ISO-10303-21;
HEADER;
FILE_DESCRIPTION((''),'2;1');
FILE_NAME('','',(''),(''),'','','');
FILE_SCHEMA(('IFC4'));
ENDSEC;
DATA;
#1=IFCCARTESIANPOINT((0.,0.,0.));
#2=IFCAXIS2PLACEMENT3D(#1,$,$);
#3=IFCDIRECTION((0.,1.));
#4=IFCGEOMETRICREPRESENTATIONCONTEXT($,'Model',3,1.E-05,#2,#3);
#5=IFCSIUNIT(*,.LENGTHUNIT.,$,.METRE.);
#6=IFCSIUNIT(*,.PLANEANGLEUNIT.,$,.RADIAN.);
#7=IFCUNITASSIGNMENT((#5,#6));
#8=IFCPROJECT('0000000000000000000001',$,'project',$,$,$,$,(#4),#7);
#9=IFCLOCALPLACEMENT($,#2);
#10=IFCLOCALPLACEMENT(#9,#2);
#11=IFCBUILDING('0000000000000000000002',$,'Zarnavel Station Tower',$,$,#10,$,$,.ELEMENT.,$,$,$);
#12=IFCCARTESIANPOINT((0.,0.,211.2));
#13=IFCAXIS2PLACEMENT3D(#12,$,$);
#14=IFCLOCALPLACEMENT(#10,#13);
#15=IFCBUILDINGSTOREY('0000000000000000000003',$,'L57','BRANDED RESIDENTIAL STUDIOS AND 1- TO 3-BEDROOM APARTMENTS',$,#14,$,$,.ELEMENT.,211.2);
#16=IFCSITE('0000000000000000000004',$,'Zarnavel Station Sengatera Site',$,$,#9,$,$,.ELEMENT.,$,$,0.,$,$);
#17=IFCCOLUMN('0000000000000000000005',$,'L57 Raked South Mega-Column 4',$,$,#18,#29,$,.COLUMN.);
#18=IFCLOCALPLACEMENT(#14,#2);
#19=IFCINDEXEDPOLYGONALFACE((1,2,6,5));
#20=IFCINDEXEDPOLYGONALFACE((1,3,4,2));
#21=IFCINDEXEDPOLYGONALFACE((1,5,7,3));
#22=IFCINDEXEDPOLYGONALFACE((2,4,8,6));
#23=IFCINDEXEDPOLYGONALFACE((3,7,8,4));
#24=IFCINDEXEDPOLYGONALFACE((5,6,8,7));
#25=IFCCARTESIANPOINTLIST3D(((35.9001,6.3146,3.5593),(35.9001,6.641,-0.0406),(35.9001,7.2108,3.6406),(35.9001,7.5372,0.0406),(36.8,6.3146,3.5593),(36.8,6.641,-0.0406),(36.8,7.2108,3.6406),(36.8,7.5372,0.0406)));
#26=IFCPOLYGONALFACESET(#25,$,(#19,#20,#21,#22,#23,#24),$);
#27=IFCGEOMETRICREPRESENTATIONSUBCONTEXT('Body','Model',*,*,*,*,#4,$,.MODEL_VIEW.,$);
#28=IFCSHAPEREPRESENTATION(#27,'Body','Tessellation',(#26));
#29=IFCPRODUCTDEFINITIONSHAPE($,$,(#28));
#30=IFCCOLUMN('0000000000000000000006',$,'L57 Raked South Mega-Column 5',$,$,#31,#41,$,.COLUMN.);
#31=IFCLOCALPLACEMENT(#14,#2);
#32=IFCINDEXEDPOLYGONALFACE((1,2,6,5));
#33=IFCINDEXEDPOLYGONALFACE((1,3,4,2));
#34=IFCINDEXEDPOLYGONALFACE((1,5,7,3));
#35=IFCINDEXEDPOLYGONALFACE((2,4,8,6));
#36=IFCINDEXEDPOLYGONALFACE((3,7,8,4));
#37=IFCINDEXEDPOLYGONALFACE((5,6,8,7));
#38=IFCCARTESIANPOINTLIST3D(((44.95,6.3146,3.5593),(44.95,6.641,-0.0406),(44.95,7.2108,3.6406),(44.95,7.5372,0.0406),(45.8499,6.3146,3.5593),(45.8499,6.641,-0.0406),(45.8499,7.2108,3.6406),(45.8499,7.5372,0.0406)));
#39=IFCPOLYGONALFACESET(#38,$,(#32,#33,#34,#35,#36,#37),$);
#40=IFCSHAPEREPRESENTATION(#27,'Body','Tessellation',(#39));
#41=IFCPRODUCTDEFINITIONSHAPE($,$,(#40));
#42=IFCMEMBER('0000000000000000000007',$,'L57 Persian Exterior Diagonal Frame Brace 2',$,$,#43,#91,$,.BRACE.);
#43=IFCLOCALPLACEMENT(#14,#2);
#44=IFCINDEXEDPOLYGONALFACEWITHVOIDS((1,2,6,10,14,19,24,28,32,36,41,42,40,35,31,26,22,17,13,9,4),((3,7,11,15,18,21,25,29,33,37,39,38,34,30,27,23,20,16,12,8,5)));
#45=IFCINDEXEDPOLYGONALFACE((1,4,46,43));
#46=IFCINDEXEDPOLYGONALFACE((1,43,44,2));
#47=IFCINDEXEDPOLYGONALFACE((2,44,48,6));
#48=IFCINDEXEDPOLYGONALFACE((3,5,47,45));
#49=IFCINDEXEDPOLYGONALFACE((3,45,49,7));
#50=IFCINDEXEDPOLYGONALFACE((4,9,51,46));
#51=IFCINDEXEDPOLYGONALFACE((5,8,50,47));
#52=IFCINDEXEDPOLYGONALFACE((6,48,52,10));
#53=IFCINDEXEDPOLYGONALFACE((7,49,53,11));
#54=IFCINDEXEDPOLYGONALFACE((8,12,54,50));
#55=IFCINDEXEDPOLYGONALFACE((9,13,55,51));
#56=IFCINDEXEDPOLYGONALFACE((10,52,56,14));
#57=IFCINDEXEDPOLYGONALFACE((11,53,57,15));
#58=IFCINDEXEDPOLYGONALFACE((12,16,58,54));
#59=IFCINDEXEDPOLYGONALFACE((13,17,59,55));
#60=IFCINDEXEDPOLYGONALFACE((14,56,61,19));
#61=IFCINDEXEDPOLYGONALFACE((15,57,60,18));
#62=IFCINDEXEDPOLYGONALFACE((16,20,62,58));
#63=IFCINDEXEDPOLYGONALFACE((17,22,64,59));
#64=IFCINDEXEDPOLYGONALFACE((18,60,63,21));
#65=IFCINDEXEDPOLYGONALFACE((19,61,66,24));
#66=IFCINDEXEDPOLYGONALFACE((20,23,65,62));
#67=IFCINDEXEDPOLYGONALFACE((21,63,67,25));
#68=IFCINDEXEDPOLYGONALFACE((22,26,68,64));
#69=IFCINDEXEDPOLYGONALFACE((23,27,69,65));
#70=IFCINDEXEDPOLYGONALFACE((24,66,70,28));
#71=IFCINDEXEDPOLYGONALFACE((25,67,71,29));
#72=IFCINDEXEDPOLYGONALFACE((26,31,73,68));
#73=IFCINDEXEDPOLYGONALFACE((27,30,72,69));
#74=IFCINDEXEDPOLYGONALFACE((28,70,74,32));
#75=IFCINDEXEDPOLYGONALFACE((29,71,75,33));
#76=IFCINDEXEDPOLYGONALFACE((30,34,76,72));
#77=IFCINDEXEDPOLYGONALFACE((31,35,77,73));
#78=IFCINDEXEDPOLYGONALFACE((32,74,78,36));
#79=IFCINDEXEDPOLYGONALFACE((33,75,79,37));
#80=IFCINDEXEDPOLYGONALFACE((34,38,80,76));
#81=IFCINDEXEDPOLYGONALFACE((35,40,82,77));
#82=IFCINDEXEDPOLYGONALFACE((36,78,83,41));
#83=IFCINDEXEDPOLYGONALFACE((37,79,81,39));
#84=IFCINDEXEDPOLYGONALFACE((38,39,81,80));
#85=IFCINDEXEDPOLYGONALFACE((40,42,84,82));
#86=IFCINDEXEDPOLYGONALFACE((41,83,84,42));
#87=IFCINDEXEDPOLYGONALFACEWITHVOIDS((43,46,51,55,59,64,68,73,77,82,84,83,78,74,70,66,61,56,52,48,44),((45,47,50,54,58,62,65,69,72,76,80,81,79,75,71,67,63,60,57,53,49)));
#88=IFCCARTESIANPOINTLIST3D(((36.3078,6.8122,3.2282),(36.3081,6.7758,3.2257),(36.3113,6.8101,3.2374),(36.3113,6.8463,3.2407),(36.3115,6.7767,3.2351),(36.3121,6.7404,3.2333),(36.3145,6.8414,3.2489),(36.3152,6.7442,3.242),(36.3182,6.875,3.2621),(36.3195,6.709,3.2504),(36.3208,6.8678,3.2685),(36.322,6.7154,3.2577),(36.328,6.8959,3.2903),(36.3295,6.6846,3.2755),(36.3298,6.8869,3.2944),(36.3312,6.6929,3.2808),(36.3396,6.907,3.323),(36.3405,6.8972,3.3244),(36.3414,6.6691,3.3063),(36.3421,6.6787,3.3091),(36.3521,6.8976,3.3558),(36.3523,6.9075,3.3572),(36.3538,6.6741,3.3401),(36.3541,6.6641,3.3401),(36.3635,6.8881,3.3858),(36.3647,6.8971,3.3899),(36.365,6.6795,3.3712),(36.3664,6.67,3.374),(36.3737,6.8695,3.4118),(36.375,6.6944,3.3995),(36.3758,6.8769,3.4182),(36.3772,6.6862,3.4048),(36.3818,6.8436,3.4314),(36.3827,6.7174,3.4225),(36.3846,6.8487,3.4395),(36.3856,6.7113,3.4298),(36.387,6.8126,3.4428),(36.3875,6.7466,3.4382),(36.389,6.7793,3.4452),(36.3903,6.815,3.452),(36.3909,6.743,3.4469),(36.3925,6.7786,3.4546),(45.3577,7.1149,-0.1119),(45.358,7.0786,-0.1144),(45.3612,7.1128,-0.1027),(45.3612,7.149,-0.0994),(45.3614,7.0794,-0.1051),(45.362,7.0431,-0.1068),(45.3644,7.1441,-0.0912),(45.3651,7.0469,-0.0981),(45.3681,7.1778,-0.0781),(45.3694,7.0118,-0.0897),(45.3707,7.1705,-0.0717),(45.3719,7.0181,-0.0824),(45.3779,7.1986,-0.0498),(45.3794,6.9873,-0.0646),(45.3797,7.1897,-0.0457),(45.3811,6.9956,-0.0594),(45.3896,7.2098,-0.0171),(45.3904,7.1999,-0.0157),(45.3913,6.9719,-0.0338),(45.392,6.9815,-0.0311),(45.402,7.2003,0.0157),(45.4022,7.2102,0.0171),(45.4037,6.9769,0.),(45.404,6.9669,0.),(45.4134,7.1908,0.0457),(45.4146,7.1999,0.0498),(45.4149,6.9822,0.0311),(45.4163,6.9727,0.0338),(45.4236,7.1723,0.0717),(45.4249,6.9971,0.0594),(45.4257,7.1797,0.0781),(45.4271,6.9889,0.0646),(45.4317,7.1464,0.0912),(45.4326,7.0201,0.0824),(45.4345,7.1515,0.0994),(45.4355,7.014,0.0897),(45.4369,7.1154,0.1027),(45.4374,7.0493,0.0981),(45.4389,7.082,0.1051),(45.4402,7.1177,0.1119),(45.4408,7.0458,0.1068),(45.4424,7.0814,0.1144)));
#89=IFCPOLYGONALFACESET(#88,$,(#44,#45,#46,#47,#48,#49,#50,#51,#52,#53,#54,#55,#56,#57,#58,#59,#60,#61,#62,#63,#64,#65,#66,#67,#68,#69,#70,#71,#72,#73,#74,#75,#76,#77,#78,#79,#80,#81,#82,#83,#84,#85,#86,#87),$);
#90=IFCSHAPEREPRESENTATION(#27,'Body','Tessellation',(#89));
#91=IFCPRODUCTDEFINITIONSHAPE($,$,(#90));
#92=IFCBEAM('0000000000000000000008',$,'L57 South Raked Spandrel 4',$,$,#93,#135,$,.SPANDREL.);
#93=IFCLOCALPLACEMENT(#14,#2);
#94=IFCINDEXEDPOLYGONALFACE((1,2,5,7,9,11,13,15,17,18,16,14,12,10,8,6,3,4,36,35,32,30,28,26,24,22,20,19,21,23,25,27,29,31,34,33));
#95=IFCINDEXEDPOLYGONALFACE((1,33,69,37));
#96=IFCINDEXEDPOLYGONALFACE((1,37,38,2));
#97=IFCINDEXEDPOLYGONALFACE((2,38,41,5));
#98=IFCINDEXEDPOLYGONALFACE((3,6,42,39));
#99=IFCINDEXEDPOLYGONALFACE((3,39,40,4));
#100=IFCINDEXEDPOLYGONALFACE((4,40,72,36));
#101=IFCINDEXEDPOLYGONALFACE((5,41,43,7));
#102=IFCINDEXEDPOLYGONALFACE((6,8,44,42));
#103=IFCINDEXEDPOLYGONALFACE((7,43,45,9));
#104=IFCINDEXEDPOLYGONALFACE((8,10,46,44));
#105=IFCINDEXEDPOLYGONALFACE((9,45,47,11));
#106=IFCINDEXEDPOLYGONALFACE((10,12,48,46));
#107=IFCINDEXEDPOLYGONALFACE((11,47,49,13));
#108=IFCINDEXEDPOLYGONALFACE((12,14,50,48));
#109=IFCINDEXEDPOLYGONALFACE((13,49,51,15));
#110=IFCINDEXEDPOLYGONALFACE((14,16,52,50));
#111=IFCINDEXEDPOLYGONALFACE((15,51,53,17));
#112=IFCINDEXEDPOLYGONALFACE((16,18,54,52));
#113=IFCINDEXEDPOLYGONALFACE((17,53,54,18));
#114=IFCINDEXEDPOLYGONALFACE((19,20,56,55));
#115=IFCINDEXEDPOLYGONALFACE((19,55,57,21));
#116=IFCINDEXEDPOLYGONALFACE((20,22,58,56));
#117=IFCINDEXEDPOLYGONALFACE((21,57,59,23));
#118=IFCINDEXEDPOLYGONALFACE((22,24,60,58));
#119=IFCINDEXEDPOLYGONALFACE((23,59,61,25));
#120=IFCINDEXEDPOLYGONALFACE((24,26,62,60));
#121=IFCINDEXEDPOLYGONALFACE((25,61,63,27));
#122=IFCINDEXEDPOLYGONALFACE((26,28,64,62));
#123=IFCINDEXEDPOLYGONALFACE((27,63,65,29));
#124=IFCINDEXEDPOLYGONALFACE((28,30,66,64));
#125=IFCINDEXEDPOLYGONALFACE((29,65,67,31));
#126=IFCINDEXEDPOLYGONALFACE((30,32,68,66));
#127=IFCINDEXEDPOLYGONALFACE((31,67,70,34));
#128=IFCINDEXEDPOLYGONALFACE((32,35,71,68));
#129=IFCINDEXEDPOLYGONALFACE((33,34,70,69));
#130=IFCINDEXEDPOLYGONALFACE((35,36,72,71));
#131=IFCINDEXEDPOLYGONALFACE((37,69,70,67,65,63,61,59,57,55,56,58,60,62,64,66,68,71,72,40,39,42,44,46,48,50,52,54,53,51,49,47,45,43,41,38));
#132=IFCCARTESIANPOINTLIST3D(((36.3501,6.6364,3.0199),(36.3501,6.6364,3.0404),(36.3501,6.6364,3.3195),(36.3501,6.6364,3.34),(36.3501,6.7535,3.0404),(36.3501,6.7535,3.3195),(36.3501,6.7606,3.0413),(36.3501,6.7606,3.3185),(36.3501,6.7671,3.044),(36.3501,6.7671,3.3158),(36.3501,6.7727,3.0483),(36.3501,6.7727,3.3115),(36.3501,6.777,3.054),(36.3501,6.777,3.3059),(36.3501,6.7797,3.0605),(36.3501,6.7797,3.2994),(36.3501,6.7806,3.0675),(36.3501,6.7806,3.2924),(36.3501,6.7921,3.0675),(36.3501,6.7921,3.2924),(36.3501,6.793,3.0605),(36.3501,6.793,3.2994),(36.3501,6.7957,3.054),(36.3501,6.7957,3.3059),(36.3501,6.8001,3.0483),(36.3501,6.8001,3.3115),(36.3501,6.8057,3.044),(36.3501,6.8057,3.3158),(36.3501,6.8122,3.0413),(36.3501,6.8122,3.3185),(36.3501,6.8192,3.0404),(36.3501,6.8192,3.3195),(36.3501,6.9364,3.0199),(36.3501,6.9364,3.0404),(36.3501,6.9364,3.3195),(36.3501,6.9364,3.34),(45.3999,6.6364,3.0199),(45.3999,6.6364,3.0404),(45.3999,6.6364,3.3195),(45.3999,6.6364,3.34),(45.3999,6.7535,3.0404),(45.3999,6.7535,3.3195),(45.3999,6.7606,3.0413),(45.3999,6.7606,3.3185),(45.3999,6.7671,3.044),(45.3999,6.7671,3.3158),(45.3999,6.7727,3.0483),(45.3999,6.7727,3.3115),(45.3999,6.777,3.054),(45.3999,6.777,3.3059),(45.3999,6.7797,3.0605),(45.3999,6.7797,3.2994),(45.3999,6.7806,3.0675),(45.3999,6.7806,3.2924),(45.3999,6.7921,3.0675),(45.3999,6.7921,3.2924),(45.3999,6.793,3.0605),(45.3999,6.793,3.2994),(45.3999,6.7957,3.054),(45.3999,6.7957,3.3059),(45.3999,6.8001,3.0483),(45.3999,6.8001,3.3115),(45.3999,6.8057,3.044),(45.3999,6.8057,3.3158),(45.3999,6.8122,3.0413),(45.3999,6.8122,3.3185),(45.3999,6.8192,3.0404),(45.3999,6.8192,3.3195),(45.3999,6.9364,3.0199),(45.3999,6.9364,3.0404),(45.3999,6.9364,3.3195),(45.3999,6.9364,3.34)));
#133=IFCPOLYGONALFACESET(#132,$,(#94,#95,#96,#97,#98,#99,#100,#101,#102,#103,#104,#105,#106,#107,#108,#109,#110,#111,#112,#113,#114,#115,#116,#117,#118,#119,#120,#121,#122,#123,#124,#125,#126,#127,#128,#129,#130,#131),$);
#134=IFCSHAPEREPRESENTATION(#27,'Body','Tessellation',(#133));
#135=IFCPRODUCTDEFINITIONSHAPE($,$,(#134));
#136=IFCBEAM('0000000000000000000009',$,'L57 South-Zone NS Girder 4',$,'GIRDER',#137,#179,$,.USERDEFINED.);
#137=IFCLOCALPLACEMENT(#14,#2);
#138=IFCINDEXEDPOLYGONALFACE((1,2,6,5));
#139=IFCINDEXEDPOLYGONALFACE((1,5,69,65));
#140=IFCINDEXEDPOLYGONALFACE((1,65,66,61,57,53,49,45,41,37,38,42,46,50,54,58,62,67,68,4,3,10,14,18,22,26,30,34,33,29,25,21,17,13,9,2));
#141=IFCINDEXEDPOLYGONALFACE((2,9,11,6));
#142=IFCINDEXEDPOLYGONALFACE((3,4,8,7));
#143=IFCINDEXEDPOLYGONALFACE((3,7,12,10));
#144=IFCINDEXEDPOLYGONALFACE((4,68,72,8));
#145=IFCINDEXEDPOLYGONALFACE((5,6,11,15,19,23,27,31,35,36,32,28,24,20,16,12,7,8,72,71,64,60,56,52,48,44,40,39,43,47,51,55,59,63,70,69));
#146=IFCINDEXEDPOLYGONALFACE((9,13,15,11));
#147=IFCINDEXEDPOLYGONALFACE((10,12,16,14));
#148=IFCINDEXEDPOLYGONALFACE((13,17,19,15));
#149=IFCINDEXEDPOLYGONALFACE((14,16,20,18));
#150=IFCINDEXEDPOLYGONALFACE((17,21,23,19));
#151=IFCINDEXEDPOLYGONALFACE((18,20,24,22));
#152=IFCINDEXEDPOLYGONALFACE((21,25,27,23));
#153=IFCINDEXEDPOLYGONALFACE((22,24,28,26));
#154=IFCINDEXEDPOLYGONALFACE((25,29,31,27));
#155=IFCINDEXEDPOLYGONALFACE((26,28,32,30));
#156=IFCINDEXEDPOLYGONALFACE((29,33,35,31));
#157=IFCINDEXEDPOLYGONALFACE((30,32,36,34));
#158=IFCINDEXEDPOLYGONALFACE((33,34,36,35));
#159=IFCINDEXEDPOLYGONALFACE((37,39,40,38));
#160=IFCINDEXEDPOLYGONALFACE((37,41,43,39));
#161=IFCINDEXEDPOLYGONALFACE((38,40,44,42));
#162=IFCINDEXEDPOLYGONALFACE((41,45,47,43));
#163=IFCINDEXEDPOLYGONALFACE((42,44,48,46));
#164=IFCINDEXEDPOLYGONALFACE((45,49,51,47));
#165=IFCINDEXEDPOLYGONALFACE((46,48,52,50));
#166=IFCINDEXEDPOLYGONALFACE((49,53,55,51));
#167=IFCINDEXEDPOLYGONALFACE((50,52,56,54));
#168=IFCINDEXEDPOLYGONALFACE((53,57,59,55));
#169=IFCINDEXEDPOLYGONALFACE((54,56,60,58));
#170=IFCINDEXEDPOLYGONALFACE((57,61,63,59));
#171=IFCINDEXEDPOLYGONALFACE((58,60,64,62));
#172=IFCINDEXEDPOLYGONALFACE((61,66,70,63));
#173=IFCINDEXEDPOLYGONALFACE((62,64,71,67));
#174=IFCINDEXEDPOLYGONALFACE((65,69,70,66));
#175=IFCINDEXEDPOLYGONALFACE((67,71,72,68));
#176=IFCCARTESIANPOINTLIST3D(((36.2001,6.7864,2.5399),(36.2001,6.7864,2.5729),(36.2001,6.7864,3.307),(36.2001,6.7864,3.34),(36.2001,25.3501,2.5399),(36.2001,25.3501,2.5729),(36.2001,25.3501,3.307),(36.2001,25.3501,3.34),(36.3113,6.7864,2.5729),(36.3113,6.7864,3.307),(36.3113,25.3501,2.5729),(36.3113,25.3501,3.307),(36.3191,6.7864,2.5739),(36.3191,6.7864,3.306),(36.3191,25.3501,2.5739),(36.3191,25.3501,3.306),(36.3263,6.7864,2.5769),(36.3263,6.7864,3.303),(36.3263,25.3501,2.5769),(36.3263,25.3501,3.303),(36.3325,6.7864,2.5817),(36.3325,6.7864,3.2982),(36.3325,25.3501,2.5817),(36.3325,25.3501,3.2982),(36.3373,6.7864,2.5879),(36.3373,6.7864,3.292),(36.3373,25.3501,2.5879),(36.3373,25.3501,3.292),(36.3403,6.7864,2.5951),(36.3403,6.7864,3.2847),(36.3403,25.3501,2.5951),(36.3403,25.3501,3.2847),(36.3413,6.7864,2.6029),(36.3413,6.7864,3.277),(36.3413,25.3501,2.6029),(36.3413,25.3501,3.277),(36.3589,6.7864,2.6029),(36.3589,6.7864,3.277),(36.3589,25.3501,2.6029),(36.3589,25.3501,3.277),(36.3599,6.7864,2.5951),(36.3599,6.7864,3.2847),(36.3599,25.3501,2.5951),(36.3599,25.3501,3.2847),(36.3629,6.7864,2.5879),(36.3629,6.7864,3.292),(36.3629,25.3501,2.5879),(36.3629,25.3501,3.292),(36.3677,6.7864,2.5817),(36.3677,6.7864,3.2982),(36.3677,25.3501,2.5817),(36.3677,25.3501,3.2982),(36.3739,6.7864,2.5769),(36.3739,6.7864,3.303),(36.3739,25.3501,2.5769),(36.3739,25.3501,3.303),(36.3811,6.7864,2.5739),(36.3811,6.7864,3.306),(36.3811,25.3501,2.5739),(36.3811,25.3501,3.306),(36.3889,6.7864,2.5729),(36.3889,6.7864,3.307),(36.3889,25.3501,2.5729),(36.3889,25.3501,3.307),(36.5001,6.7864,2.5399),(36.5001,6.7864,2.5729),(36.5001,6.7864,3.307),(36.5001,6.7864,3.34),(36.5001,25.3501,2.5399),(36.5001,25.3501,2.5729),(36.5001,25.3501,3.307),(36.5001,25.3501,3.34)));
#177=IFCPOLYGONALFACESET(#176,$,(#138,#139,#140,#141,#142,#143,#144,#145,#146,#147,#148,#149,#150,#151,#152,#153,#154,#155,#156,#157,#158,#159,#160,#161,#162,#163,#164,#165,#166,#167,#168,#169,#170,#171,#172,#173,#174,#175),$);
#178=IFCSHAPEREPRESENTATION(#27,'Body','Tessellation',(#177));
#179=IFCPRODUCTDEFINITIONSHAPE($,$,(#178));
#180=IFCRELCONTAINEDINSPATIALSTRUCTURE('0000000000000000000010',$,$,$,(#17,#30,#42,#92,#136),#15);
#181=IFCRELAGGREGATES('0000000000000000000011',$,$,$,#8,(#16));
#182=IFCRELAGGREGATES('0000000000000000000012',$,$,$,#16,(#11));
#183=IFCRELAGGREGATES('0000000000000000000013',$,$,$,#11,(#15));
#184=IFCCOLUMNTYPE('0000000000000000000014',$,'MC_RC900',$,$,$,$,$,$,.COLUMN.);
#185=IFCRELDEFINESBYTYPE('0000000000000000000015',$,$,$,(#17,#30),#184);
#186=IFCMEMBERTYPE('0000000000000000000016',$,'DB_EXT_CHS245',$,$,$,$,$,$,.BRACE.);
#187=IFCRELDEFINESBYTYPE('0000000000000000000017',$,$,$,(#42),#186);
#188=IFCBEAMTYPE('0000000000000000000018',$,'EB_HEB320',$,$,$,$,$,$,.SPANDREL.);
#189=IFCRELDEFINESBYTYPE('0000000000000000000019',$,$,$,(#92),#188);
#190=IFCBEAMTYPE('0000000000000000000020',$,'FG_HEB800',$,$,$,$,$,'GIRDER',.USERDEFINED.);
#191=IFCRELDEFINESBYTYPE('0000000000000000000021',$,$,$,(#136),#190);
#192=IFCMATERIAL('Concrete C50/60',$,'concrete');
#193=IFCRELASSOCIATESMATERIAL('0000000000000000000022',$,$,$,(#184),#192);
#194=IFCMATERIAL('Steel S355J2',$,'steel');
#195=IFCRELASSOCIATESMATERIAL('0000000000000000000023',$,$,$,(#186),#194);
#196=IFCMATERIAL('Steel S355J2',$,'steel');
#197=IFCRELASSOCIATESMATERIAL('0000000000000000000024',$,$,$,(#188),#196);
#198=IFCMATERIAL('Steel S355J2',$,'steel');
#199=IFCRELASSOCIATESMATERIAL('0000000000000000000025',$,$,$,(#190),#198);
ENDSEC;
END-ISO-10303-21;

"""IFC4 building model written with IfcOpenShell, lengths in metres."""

from ifc_helpers import new_model, si_unit, direction, frame, origin, origin_2d, place, context, subcontext, project, spatial, rectangle, hollow_circle, i_section, extrude, material, material_profile, profile_set, type_object, element, save


model = new_model("IFC4")

# Units and contexts
model_context = context("Model", 3, precision=1e-05, world=origin(), true_north=direction((0.0, 1.0)))
body_context = subcontext(model_context, "Body", "Model", "MODEL_VIEW")
ifc_project = project(units=[si_unit("LENGTHUNIT", "METRE"), si_unit("PLANEANGLEUNIT", "RADIAN")], contexts=[model_context])

# Site, building, storey
site_placement = place(None, origin())
site = spatial("IfcSite", under=ifc_project, at=site_placement, Name="Zarnavel Station Sengatera Site", CompositionType="ELEMENT", RefElevation=0.0)
building_placement = place(site_placement, origin())
building = spatial("IfcBuilding", under=site, at=building_placement, Name="Zarnavel Station Tower", CompositionType="ELEMENT")
storey_placement = place(building_placement, frame((0.0, 0.0, 211.2)))
storey = spatial("IfcBuildingStorey", under=building, at=storey_placement, Name="L57", Description="BRANDED RESIDENTIAL STUDIOS AND 1- TO 3-BEDROOM APARTMENTS", CompositionType="ELEMENT", Elevation=211.2)

# Columns
ifc_material_1 = material(Name="Concrete C50/60", Category="concrete")
ifc_material_profile_1 = material_profile(ifc_material_1, rectangle(XDim=0.8999, YDim=0.8999, at=origin_2d()), Name="RC900x900")
ifc_profile_set_1 = profile_set([ifc_material_profile_1], Name="Concrete C50/60")
column_type = type_object("IfcColumnType", Name="MC_RC900", PredefinedType="COLUMN", material=ifc_profile_set_1)
for number, where, z_axis, x_axis, name in (
    (1, (36.3501, 7.0891, 0.0), (0.0, -0.090298, 0.995915), (1.0, 0.0, 0.0), "L57 Raked South Mega-Column 4"),
    (2, (45.3999, 7.0891, 0.0), (0.0, -0.090298, 0.995915), (1.0, 0.0, 0.0), "L57 Raked South Mega-Column 5"),
):
    element("IfcColumn", number, at=place(storey_placement, frame(where, z_axis=z_axis, x_axis=x_axis)), inside=storey, type_object=column_type, Name=name, PredefinedType="COLUMN", context=body_context, shape_type="SweptSolid", body=[
        extrude(rectangle(XDim=0.8999, YDim=0.8999, at=origin_2d()), origin(), (0.0, 0.0, 1.0), 3.6147),
    ])

# Member
ifc_material_2 = material(Name="Steel S355J2", Category="steel")
ifc_material_profile_2 = material_profile(ifc_material_2, hollow_circle(Radius=0.1223, WallThickness=0.01, at=origin_2d()), Name="CHS244.5x10")
ifc_profile_set_2 = profile_set([ifc_material_profile_2], Name="Steel S355J2")
member_type = type_object("IfcMemberType", Name="DB_EXT_CHS245", PredefinedType="BRACE", material=ifc_profile_set_2)
member_placement = place(storey_placement, frame((45.3999, 7.0891, 0.0), z_axis=(-0.937681, -0.031367, 0.346078), x_axis=(0.033433, -0.999441, 0.0)))
element("IfcMember", 3, at=member_placement, inside=storey, type_object=member_type, Name="L57 Persian Exterior Diagonal Frame Brace 2", PredefinedType="BRACE", context=body_context, shape_type="SweptSolid", body=[
    extrude(hollow_circle(Radius=0.1223, WallThickness=0.01, at=origin_2d()), origin(), (0.0, 0.0, 1.0), 9.6514),
])

# Beams
ifc_material_3 = material(Name="Steel S355J2", Category="steel")
ifc_material_profile_3 = material_profile(ifc_material_3, i_section(OverallWidth=0.3, OverallDepth=0.3201, WebThickness=0.0115, FlangeThickness=0.0205, FilletRadius=0.0271, at=origin_2d()), Name="HEB320")
ifc_profile_set_3 = profile_set([ifc_material_profile_3], Name="Steel S355J2")
beam_type_1 = type_object("IfcBeamType", Name="EB_HEB320", PredefinedType="SPANDREL", material=ifc_profile_set_3)
beam_placement = place(storey_placement, frame((36.3501, 6.7864, 3.1799), z_axis=(1.0, 0.0, 0.0), x_axis=(0.0, 1.0, 0.0)))
element("IfcBeam", 4, at=beam_placement, inside=storey, type_object=beam_type_1, Name="L57 South Raked Spandrel 4", PredefinedType="SPANDREL", context=body_context, shape_type="SweptSolid", body=[
    extrude(i_section(OverallWidth=0.3, OverallDepth=0.3201, WebThickness=0.0115, FlangeThickness=0.0205, FilletRadius=0.0271, at=origin_2d()), origin(), (0.0, 0.0, 1.0), 9.0498),
])
ifc_material_4 = material(Name="Steel S355J2", Category="steel")
ifc_material_profile_4 = material_profile(ifc_material_4, i_section(OverallWidth=0.3, OverallDepth=0.8, WebThickness=0.0176, FlangeThickness=0.033, FilletRadius=0.03, at=origin_2d()), Name="HEB800")
ifc_profile_set_4 = profile_set([ifc_material_profile_4], Name="Steel S355J2")
beam_type_2 = type_object("IfcBeamType", Name="FG_HEB800", ElementType="GIRDER", PredefinedType="USERDEFINED", material=ifc_profile_set_4)
for number, where, z_axis, x_axis, name in (
    (5, (36.3501, 6.7864, 2.9399), (0.0, 1.0, 0.0), (-1.0, 0.0, 0.0), "L57 South-Zone NS Girder 4"),
):
    element("IfcBeam", number, at=place(storey_placement, frame(where, z_axis=z_axis, x_axis=x_axis)), inside=storey, type_object=beam_type_2, Name=name, ObjectType="GIRDER", PredefinedType="USERDEFINED", context=body_context, shape_type="SweptSolid", body=[
        extrude(i_section(OverallWidth=0.3, OverallDepth=0.8, WebThickness=0.0176, FlangeThickness=0.033, FilletRadius=0.03, at=origin_2d()), origin(), (0.0, 0.0, 1.0), 18.5637),
    ])

save(model, "model.ifc")
